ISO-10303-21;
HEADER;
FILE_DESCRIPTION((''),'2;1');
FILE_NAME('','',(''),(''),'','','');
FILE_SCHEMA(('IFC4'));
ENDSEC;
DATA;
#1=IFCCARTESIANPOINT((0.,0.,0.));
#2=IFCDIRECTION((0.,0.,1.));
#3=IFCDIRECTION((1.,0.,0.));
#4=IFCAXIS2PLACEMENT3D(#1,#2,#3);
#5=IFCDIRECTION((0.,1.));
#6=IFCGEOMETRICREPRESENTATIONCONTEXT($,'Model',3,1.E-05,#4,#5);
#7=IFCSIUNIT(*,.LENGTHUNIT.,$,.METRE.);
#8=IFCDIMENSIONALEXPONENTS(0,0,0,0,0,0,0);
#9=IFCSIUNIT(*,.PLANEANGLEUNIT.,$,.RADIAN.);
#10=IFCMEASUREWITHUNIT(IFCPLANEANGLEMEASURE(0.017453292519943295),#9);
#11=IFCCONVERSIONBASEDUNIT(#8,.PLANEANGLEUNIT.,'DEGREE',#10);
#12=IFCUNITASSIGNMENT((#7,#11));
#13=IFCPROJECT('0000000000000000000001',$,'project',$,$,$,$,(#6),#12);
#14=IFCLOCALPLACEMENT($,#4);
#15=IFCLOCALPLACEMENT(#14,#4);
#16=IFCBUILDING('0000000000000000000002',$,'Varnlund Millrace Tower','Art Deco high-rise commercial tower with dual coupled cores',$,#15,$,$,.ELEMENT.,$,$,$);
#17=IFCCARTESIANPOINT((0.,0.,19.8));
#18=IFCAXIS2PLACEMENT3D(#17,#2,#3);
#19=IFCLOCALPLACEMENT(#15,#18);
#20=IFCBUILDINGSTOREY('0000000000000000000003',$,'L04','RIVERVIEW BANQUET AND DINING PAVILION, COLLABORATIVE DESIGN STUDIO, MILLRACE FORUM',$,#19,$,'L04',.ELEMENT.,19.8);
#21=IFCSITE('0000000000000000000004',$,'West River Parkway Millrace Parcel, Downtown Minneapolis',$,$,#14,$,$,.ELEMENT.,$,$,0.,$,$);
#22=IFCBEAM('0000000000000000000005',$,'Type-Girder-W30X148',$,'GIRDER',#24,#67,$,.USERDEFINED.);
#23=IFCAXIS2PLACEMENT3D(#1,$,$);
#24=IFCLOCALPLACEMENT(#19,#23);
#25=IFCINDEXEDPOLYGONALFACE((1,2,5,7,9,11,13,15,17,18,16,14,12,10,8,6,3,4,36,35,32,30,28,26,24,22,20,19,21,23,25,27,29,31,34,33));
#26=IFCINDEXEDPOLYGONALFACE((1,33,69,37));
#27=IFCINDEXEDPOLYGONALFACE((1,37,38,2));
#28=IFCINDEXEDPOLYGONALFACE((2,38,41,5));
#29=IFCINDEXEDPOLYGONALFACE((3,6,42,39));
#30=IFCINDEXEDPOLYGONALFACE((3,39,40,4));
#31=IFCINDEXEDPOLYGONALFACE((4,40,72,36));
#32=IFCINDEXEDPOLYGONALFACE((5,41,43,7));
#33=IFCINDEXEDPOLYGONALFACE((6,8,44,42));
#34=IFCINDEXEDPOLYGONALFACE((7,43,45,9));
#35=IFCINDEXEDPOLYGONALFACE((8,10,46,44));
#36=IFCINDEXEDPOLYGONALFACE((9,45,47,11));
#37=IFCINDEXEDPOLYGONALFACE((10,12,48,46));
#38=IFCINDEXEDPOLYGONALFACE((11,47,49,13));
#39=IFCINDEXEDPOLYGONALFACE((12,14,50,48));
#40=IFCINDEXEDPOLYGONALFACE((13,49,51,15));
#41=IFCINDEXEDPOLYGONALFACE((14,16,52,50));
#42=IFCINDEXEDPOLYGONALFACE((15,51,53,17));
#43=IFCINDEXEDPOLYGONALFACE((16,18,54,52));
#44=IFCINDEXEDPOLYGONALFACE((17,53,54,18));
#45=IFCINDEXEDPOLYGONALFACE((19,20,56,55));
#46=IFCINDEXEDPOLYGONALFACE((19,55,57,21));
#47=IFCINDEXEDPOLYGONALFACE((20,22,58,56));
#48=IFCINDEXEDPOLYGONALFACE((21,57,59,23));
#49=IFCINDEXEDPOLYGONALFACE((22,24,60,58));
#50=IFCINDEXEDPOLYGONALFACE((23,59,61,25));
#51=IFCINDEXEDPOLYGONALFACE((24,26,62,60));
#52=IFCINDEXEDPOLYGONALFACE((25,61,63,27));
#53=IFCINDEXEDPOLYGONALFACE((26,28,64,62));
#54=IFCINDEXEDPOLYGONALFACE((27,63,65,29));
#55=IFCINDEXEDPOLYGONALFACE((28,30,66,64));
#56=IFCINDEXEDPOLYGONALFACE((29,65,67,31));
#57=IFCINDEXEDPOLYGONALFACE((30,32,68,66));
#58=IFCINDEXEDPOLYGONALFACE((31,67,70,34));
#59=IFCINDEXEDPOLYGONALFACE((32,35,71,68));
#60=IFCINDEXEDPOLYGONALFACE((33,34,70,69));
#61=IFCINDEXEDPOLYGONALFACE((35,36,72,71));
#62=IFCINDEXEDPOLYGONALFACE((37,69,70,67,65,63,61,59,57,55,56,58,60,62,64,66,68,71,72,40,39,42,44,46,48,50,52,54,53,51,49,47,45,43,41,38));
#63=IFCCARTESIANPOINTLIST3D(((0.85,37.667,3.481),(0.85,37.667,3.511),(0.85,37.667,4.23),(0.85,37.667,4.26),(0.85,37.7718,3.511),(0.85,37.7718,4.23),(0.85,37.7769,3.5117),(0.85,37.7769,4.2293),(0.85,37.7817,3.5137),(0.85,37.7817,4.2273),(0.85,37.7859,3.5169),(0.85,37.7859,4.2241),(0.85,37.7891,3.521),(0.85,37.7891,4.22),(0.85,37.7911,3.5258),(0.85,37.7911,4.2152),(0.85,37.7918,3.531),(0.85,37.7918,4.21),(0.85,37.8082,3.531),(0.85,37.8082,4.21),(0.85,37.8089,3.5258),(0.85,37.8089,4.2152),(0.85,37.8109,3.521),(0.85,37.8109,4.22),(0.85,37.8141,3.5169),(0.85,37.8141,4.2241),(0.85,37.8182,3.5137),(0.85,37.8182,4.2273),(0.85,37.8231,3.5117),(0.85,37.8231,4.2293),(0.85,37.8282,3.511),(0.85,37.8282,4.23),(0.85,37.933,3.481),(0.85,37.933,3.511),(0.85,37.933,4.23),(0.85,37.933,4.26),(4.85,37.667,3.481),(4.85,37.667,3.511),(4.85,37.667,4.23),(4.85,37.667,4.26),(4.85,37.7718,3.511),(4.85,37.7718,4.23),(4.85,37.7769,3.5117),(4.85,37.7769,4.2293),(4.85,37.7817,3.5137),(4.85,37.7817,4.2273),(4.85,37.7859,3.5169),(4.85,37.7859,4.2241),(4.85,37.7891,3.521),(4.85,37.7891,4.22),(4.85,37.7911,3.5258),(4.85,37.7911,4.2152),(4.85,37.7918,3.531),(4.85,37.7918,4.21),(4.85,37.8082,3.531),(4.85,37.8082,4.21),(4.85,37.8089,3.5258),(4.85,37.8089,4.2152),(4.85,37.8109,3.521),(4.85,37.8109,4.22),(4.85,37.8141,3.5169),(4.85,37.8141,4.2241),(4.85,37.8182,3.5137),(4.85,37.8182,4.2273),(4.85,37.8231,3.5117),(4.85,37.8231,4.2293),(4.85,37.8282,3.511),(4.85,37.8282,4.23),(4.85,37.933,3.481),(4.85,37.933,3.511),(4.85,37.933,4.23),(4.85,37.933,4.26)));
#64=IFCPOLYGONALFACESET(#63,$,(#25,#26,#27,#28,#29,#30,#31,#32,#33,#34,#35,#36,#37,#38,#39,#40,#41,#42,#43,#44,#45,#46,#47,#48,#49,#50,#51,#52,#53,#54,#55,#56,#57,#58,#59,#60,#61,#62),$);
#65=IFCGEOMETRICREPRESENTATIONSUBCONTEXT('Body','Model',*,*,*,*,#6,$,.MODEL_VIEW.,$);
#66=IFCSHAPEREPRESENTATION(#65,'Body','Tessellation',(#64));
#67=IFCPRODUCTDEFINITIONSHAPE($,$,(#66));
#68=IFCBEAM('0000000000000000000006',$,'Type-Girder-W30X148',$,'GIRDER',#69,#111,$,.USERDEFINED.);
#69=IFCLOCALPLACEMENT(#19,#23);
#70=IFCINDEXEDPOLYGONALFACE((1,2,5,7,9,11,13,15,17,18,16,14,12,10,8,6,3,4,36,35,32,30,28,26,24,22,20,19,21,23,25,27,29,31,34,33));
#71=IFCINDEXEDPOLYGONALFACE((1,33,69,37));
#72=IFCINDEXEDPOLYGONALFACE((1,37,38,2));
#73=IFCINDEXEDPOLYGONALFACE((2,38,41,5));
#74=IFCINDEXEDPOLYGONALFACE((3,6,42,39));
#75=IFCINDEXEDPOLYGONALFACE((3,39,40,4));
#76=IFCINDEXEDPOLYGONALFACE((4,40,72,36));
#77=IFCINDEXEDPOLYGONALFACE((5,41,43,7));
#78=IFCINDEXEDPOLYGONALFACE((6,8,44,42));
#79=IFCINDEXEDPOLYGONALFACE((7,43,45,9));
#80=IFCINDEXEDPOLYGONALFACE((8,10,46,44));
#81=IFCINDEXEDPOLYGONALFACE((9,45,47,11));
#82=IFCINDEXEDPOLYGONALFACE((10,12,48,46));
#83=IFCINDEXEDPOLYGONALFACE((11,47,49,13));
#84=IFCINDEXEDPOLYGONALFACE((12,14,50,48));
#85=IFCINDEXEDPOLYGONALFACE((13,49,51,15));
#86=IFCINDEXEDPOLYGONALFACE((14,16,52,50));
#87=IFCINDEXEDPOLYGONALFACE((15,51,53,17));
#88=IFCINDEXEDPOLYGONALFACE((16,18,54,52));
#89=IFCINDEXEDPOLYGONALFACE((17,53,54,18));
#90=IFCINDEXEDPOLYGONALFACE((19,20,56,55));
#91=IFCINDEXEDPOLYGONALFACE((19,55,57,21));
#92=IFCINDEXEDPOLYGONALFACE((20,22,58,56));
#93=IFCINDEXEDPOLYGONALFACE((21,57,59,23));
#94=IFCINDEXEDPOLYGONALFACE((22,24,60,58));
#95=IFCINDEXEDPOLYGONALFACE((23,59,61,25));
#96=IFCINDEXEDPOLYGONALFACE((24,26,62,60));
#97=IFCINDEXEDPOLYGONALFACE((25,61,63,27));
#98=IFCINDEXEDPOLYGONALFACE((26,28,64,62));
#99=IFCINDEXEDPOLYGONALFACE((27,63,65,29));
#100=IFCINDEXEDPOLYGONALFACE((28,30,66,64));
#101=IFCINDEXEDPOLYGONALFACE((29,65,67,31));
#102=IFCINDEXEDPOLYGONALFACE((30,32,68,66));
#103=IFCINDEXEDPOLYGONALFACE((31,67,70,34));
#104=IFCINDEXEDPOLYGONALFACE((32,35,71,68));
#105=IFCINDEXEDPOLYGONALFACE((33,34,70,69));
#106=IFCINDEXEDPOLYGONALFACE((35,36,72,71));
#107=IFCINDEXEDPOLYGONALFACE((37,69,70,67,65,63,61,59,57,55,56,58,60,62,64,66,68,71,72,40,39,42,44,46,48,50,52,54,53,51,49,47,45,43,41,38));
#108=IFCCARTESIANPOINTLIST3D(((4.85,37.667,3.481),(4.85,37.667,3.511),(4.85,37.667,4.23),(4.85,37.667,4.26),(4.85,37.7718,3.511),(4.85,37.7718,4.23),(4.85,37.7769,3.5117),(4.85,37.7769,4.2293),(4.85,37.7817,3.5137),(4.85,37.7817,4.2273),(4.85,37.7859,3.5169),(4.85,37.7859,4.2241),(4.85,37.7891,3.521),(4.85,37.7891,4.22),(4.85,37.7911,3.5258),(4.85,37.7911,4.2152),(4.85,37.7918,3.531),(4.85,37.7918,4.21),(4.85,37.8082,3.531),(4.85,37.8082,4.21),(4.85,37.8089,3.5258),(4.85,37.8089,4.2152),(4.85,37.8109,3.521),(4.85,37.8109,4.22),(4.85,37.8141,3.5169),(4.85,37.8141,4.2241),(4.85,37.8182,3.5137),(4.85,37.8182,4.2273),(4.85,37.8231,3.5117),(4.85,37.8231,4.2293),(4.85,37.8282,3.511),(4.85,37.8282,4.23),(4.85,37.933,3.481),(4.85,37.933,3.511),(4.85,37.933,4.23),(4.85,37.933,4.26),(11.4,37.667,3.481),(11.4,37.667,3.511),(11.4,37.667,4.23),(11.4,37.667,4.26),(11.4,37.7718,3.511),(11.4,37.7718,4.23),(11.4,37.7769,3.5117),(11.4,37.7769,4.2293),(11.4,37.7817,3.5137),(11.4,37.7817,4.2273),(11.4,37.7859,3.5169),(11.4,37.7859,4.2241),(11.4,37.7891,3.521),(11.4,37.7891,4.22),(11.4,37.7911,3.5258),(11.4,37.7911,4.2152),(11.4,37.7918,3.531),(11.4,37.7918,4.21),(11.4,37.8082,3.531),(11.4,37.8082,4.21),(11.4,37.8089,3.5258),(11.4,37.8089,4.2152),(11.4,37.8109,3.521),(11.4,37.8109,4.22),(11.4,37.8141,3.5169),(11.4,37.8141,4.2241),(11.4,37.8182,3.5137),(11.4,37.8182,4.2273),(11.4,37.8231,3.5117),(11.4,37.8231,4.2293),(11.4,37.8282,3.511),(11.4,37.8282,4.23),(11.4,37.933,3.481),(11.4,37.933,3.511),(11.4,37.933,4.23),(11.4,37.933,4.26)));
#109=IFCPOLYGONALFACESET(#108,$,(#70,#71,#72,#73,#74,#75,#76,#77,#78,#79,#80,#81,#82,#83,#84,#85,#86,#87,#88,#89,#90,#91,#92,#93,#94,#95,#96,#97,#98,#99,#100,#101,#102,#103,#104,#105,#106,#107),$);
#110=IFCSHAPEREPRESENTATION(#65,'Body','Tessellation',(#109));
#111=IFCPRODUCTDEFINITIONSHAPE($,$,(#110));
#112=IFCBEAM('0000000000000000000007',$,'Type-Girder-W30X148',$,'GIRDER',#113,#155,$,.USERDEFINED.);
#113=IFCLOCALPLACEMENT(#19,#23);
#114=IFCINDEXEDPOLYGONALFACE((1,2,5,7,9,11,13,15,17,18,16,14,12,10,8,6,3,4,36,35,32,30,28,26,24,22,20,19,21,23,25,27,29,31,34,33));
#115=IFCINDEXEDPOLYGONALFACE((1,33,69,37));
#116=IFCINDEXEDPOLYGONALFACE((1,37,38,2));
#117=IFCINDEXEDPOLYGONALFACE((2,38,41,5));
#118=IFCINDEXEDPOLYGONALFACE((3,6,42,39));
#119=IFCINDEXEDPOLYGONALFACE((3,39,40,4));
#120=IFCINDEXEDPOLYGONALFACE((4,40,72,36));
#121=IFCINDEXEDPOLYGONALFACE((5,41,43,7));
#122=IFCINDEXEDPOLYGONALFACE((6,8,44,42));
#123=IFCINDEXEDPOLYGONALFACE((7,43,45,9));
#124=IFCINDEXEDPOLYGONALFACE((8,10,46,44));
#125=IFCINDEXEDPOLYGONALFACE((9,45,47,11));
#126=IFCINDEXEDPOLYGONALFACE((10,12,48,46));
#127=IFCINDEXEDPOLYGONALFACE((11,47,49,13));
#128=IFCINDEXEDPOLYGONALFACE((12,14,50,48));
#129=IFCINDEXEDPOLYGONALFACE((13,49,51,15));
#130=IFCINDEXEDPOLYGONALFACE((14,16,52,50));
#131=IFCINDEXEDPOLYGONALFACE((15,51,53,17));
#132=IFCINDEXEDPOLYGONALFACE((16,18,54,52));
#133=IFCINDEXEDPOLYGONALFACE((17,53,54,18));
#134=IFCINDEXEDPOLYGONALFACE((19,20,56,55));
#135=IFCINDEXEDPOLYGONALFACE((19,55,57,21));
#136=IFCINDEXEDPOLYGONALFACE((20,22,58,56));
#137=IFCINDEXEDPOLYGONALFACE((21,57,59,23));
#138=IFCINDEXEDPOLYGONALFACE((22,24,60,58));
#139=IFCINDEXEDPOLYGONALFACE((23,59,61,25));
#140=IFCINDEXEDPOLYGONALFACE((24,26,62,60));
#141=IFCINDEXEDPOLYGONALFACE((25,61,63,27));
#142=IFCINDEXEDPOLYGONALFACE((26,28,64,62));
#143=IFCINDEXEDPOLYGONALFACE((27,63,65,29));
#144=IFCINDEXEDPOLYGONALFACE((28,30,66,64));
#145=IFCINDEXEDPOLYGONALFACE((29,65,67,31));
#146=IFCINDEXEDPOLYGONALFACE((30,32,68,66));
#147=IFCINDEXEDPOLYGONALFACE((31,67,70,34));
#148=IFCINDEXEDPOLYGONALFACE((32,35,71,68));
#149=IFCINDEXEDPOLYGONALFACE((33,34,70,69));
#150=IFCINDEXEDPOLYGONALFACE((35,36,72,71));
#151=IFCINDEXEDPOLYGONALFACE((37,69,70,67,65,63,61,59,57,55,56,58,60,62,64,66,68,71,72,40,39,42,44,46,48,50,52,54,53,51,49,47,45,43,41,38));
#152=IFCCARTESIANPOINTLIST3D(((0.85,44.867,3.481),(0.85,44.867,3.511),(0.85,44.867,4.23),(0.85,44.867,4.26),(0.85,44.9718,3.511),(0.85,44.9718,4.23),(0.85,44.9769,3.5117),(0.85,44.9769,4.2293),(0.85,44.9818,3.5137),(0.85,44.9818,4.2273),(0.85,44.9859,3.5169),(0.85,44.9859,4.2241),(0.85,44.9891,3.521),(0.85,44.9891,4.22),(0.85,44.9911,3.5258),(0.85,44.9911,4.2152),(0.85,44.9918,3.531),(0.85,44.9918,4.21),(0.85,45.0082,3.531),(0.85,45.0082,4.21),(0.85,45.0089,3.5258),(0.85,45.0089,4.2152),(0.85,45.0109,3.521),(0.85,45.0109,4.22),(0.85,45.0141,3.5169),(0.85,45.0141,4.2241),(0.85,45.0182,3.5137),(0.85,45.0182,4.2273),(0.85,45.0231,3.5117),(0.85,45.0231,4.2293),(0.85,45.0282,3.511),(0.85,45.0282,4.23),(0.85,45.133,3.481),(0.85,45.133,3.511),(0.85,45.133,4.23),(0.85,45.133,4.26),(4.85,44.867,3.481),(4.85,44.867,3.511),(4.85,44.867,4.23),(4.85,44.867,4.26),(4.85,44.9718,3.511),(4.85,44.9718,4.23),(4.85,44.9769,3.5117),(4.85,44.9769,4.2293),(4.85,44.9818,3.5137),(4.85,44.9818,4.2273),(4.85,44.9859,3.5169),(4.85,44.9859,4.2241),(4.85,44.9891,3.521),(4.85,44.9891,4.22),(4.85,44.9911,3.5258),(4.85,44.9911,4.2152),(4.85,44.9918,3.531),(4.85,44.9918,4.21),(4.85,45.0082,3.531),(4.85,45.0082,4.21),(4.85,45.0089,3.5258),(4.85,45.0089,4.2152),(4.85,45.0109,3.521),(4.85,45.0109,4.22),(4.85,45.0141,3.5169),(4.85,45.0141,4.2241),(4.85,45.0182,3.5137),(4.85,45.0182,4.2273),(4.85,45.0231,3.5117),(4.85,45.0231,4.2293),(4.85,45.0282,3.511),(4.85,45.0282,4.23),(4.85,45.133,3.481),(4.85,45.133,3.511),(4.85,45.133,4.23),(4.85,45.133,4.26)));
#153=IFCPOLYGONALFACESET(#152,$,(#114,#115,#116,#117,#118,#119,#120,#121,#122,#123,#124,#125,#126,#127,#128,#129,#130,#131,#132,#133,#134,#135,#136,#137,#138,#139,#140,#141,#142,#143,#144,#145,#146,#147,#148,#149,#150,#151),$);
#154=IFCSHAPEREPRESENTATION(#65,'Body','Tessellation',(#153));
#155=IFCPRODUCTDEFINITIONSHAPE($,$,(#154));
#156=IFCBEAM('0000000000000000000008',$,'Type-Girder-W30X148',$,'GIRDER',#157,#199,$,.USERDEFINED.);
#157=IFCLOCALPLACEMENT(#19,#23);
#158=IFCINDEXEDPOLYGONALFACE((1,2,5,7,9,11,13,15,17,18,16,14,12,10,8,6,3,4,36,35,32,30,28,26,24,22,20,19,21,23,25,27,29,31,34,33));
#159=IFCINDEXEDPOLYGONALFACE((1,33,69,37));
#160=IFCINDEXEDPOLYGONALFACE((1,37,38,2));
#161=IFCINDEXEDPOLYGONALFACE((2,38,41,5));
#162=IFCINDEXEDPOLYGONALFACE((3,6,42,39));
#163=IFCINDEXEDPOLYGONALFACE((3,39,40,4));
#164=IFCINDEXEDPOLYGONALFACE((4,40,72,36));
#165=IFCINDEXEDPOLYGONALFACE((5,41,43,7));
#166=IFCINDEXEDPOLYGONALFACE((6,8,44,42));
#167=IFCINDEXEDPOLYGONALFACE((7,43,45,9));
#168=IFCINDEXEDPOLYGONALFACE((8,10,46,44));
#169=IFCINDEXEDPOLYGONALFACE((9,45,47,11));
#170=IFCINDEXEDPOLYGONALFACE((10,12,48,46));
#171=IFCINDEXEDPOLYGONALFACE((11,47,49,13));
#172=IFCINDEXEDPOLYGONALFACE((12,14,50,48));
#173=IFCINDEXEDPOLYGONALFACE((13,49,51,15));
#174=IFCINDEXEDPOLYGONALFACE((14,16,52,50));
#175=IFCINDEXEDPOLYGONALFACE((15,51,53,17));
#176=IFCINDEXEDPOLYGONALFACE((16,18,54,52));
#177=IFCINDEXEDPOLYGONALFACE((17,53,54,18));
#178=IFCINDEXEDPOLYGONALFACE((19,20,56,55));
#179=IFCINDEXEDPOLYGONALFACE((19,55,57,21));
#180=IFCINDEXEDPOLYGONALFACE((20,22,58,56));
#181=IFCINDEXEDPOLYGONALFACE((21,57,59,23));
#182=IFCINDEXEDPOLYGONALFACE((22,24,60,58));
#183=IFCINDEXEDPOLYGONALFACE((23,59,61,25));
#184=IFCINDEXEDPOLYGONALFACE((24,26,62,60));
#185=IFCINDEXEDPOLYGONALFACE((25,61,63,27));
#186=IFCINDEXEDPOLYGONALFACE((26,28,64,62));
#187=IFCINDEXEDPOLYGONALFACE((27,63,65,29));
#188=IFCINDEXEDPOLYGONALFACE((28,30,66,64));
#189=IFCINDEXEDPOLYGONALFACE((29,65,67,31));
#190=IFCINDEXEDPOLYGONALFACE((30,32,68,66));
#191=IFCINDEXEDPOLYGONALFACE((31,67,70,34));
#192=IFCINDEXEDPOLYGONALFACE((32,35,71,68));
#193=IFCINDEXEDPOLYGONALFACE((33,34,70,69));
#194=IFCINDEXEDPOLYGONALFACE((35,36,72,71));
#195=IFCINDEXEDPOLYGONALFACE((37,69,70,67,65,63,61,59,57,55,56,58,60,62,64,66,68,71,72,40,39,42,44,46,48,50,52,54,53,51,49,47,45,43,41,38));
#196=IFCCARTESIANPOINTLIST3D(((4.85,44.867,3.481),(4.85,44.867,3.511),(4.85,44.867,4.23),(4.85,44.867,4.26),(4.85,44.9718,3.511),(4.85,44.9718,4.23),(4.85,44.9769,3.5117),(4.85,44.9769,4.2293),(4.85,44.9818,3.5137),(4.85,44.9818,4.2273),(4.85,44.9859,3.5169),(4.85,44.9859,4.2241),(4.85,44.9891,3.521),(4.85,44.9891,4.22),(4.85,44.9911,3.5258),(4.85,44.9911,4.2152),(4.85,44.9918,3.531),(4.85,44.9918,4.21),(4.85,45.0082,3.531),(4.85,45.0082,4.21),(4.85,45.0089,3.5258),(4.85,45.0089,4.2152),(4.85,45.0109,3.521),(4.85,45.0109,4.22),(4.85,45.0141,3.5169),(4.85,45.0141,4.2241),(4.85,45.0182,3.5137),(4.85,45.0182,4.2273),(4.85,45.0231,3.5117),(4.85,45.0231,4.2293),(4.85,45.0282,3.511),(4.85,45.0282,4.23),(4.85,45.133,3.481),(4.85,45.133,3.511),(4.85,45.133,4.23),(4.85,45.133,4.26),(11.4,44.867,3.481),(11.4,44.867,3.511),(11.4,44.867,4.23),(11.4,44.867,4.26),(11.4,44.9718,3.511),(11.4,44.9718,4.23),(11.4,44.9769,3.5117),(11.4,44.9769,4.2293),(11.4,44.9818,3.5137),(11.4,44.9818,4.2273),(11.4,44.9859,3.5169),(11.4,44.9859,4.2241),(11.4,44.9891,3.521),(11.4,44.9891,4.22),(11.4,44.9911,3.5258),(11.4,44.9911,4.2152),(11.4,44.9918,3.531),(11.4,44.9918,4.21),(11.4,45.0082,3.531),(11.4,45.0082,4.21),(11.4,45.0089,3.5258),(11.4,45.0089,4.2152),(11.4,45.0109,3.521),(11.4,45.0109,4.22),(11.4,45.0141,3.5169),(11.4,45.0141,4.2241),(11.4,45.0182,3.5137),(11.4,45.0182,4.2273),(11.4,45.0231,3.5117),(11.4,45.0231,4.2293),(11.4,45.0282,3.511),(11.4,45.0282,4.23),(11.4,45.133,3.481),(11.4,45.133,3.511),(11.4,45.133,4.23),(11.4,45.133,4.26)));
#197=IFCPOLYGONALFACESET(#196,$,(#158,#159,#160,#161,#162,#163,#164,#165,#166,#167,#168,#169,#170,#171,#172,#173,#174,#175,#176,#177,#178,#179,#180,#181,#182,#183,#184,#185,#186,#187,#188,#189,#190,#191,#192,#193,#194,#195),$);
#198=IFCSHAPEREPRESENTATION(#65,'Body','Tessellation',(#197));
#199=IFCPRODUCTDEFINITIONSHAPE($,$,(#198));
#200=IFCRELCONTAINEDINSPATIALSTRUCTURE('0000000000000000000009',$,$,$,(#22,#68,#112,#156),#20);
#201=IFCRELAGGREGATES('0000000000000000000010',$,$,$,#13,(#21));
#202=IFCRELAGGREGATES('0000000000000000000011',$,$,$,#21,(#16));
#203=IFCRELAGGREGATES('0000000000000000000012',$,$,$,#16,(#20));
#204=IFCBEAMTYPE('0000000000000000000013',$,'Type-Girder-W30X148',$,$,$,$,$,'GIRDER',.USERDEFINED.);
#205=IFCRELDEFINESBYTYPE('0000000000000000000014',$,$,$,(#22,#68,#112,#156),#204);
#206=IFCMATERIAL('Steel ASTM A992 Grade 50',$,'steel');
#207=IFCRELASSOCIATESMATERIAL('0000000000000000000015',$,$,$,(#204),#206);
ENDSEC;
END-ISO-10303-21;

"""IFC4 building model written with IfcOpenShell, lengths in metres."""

from ifc_helpers import new_model, entity, si_unit, converted_unit, direction, frame, origin_with_axes, origin_2d_with_axis, place, context, subcontext, project, spatial, i_section, extrude, material, material_profile, profile_set, type_object, element, save


model = new_model("IFC4")

# Units and contexts
model_context = context("Model", 3, precision=1e-05, world=origin_with_axes(), true_north=direction((0.0, 1.0)))
body_context = subcontext(model_context, "Body", "Model", "MODEL_VIEW")
ifc_project = project(units=[si_unit("LENGTHUNIT", "METRE"), converted_unit("PLANEANGLEUNIT", "DEGREE", entity("IfcPlaneAngleMeasure", 0.017453292519943295), si_unit("PLANEANGLEUNIT", "RADIAN"), dimensions=[0, 0, 0, 0, 0, 0, 0])], contexts=[model_context])

# Site, building, storey
site_placement = place(None, origin_with_axes())
site = spatial("IfcSite", under=ifc_project, at=site_placement, Name="West River Parkway Millrace Parcel, Downtown Minneapolis", CompositionType="ELEMENT", RefElevation=0.0)
building_placement = place(site_placement, origin_with_axes())
building = spatial("IfcBuilding", under=site, at=building_placement, Name="Varnlund Millrace Tower", Description="Art Deco high-rise commercial tower with dual coupled cores", CompositionType="ELEMENT")
storey_placement = place(building_placement, frame((0.0, 0.0, 19.8), z_axis=(0.0, 0.0, 1.0), x_axis=(1.0, 0.0, 0.0)))
storey = spatial("IfcBuildingStorey", under=building, at=storey_placement, Name="L04", Description="RIVERVIEW BANQUET AND DINING PAVILION, COLLABORATIVE DESIGN STUDIO, MILLRACE FORUM", LongName="L04", CompositionType="ELEMENT", Elevation=19.8)

# Beams
ifc_material_1 = material(Name="Steel ASTM A992 Grade 50", Category="steel")
ifc_material_profile_1 = material_profile(ifc_material_1, i_section(OverallWidth=0.266, OverallDepth=0.779, WebThickness=0.0165, FlangeThickness=0.03, FilletRadius=0.02, at=origin_2d_with_axis()), Name="Steel ASTM A992 Grade 50")
ifc_profile_set_1 = profile_set([ifc_material_profile_1], Name="Steel ASTM A992 Grade 50")
beam_type_1 = type_object("IfcBeamType", Name="Type-Girder-W30X148", ElementType="GIRDER", PredefinedType="USERDEFINED", material=ifc_profile_set_1)
beam_1_placement = place(storey_placement, frame((0.85, 37.8, 3.8705), z_axis=(1.0, 0.0, 0.0), x_axis=(0.0, 1.0, 0.0)))
element("IfcBeam", 1, at=beam_1_placement, inside=storey, type_object=beam_type_1, Name="Type-Girder-W30X148", ObjectType="GIRDER", PredefinedType="USERDEFINED", context=body_context, shape_type="SweptSolid", body=[
    extrude(i_section(OverallWidth=0.266, OverallDepth=0.779, WebThickness=0.0165, FlangeThickness=0.03, FilletRadius=0.02, at=origin_2d_with_axis()), origin_with_axes(), (0.0, 0.0, 1.0), 4.0),
])
beam_2_placement = place(storey_placement, frame((4.85, 37.8, 3.8705), z_axis=(1.0, 0.0, 0.0), x_axis=(0.0, 1.0, 0.0)))
element("IfcBeam", 2, at=beam_2_placement, inside=storey, type_object=beam_type_1, Name="Type-Girder-W30X148", ObjectType="GIRDER", PredefinedType="USERDEFINED", context=body_context, shape_type="SweptSolid", body=[
    extrude(i_section(OverallWidth=0.266, OverallDepth=0.779, WebThickness=0.0165, FlangeThickness=0.03, FilletRadius=0.02, at=origin_2d_with_axis()), origin_with_axes(), (0.0, 0.0, 1.0), 6.55),
])
beam_3_placement = place(storey_placement, frame((0.85, 45.0, 3.8705), z_axis=(1.0, 0.0, 0.0), x_axis=(0.0, 1.0, 0.0)))
element("IfcBeam", 3, at=beam_3_placement, inside=storey, type_object=beam_type_1, Name="Type-Girder-W30X148", ObjectType="GIRDER", PredefinedType="USERDEFINED", context=body_context, shape_type="SweptSolid", body=[
    extrude(i_section(OverallWidth=0.266, OverallDepth=0.779, WebThickness=0.0165, FlangeThickness=0.03, FilletRadius=0.02, at=origin_2d_with_axis()), origin_with_axes(), (0.0, 0.0, 1.0), 4.0),
])
beam_4_placement = place(storey_placement, frame((4.85, 45.0, 3.8705), z_axis=(1.0, 0.0, 0.0), x_axis=(0.0, 1.0, 0.0)))
element("IfcBeam", 4, at=beam_4_placement, inside=storey, type_object=beam_type_1, Name="Type-Girder-W30X148", ObjectType="GIRDER", PredefinedType="USERDEFINED", context=body_context, shape_type="SweptSolid", body=[
    extrude(i_section(OverallWidth=0.266, OverallDepth=0.779, WebThickness=0.0165, FlangeThickness=0.03, FilletRadius=0.02, at=origin_2d_with_axis()), origin_with_axes(), (0.0, 0.0, 1.0), 6.55),
])

save(model, "model.ifc")
